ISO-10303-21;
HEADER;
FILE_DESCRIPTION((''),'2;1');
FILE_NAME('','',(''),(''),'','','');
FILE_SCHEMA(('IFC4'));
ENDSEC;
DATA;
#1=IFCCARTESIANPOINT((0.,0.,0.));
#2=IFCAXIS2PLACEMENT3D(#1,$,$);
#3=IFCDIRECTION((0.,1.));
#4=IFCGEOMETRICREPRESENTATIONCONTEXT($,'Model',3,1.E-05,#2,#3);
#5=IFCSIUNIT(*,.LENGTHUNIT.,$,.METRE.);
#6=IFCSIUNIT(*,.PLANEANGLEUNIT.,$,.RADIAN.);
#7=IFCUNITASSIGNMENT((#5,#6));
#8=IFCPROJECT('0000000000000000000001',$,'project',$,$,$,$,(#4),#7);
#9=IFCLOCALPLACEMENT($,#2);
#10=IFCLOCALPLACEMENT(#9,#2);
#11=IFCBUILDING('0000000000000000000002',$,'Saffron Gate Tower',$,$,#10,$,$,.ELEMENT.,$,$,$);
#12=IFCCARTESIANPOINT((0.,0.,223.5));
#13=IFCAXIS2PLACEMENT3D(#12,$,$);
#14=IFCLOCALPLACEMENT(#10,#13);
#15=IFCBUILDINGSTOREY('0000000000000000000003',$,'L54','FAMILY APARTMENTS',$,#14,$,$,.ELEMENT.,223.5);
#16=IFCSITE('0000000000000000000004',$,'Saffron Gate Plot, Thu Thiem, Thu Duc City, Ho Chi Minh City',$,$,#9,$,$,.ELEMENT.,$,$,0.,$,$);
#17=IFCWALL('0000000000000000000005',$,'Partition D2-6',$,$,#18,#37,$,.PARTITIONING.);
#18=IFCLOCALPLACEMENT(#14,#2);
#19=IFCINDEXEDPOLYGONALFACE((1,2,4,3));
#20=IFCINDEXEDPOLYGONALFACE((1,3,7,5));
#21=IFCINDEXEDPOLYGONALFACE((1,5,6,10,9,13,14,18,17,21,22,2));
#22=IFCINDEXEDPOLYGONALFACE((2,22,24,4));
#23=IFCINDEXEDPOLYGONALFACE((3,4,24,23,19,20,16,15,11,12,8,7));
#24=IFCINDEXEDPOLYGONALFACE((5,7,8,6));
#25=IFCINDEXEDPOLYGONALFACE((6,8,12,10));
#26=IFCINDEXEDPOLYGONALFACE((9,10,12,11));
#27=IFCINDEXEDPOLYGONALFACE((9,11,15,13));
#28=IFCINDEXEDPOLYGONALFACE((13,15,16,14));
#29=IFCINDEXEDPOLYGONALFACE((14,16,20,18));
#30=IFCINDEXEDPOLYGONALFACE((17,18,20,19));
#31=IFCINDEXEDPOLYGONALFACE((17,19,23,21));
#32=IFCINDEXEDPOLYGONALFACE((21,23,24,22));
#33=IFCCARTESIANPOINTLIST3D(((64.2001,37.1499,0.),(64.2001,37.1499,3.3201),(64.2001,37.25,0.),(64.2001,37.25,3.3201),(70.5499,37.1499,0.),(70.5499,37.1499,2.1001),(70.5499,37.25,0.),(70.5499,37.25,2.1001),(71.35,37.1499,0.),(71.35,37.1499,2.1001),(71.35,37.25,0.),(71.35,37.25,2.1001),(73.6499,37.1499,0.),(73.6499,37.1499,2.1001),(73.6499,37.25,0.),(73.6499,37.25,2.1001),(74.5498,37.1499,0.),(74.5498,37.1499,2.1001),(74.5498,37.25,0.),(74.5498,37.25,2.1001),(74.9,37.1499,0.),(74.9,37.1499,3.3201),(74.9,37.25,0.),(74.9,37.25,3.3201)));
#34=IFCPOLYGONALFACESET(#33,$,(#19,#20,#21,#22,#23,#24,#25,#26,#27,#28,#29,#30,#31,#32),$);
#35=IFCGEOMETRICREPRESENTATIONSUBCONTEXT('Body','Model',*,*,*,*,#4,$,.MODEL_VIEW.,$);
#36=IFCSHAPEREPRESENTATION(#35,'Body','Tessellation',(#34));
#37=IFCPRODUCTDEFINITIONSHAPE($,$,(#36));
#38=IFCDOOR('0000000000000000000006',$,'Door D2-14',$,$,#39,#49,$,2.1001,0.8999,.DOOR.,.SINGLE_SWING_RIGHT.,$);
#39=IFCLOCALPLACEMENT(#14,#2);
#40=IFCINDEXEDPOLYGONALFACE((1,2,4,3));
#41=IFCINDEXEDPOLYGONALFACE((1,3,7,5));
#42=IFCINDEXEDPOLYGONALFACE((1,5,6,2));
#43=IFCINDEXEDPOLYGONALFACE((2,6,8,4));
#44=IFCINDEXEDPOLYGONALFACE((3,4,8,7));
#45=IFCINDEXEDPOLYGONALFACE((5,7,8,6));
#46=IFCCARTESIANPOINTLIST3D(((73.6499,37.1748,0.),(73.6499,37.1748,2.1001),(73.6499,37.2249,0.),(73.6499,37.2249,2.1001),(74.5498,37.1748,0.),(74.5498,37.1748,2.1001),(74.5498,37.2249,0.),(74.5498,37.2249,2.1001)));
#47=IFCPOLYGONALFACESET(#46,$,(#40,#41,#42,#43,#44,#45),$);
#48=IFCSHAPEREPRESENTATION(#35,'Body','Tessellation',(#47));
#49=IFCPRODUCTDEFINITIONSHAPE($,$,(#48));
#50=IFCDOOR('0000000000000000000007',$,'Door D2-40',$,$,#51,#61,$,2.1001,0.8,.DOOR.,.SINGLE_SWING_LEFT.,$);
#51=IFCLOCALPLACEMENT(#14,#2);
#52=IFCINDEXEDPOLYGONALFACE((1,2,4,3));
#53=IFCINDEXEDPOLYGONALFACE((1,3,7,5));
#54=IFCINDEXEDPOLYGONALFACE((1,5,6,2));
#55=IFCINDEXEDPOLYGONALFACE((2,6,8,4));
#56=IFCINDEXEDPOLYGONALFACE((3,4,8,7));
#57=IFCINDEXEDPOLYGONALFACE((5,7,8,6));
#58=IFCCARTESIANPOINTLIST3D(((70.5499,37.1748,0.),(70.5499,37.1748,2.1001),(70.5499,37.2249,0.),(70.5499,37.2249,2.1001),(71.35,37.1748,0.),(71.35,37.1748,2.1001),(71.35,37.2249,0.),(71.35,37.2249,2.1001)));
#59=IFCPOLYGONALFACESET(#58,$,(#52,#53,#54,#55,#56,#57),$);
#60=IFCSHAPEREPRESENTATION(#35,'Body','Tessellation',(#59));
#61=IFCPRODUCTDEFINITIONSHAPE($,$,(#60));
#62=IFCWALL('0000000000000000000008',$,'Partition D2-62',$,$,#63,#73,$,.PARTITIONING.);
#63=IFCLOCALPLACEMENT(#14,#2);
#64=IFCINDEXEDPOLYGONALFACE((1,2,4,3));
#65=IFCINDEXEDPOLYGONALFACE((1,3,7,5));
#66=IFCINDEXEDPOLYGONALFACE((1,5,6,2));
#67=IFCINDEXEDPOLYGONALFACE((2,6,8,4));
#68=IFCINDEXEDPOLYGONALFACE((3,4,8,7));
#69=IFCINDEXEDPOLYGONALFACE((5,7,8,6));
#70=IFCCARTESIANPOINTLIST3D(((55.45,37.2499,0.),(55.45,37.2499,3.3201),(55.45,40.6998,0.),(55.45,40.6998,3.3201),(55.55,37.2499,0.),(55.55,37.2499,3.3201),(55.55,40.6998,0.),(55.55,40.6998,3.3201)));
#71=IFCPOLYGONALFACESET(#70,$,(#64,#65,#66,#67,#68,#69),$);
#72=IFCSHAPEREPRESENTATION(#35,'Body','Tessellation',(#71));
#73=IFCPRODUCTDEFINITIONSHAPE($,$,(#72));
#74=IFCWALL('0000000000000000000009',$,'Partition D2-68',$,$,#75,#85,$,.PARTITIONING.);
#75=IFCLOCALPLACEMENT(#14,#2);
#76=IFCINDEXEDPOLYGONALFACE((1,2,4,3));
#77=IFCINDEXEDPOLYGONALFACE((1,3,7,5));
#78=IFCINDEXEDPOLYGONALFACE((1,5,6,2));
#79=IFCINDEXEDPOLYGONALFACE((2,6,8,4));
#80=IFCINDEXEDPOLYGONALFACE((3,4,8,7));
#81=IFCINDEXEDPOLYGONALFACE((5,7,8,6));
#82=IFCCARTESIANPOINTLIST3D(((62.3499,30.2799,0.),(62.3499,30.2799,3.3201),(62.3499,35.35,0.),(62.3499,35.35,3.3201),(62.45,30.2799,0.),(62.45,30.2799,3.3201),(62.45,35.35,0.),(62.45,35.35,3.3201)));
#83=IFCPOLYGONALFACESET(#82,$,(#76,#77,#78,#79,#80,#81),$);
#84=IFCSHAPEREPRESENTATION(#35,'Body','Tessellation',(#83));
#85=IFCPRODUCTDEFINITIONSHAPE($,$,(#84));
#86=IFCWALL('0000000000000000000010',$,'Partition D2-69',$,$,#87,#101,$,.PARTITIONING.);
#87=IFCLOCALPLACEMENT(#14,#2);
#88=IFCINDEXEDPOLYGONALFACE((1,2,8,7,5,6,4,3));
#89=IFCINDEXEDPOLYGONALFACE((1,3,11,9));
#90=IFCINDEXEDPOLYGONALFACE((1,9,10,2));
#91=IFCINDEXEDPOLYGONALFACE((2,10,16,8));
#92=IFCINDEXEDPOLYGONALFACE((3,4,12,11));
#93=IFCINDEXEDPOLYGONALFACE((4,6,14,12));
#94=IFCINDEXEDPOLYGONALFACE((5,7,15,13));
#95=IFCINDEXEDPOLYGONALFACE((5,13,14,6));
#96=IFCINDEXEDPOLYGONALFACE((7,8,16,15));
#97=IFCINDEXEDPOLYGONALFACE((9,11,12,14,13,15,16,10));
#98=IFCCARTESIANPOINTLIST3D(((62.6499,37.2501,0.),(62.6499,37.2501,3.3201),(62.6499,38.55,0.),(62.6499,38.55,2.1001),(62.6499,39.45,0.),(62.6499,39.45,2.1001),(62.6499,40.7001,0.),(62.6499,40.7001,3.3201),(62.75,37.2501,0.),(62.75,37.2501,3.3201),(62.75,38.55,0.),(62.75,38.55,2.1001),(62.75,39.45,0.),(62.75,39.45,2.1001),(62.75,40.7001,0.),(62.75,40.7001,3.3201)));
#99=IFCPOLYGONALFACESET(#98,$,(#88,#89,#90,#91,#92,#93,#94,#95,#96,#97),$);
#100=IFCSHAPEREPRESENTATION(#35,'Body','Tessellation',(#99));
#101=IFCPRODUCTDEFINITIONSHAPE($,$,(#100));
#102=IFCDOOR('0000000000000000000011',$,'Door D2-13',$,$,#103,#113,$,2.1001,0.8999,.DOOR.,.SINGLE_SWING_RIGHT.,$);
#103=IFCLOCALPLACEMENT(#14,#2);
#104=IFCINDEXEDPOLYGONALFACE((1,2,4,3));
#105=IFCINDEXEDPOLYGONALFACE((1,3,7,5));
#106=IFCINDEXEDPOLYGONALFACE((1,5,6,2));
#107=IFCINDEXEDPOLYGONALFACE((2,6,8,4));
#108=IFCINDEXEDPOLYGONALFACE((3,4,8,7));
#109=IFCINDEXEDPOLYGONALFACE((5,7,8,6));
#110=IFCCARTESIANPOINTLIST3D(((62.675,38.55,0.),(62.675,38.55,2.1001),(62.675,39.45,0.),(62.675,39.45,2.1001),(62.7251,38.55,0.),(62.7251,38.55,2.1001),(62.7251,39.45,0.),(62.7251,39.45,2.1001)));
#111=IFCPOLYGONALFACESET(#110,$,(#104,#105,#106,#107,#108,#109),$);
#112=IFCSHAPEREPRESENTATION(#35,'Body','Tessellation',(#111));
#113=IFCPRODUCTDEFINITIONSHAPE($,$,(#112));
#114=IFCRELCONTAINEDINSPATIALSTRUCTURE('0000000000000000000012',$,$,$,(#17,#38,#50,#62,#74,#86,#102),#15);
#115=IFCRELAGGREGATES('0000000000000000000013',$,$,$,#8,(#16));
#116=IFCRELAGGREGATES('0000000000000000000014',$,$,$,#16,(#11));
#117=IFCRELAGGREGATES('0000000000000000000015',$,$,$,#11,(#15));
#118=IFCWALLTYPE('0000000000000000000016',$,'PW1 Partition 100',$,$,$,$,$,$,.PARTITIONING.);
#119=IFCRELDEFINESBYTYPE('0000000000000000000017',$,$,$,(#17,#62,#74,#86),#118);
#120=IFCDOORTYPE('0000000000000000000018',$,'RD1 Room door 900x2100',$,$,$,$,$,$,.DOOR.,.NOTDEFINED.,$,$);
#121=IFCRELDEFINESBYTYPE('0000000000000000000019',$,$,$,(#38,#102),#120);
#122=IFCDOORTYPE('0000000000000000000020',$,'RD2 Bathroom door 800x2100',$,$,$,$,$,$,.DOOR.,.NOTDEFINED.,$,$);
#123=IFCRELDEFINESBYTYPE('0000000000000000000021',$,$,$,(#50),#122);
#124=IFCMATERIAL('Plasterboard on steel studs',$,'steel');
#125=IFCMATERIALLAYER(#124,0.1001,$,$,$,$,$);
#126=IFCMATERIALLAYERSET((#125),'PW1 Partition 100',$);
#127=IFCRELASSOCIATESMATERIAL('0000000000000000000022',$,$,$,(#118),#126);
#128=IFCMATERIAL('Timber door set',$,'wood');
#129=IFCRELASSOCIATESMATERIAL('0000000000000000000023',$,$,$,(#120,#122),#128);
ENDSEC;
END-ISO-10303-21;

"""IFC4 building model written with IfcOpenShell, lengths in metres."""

from ifc_helpers import new_model, si_unit, direction, frame, frame_2d, origin, place, context, subcontext, project, spatial, rectangle, extrude, material, layer, layer_set, type_object, element, fill, save


model = new_model("IFC4")

# Units and contexts
model_context = context("Model", 3, precision=1e-05, world=origin(), true_north=direction((0.0, 1.0)))
body_context = subcontext(model_context, "Body", "Model", "MODEL_VIEW")
ifc_project = project(units=[si_unit("LENGTHUNIT", "METRE"), si_unit("PLANEANGLEUNIT", "RADIAN")], contexts=[model_context])

# Site, building, storey
site_placement = place(None, origin())
site = spatial("IfcSite", under=ifc_project, at=site_placement, Name="Saffron Gate Plot, Thu Thiem, Thu Duc City, Ho Chi Minh City", CompositionType="ELEMENT", RefElevation=0.0)
building_placement = place(site_placement, origin())
building = spatial("IfcBuilding", under=site, at=building_placement, Name="Saffron Gate Tower", CompositionType="ELEMENT")
storey_placement = place(building_placement, frame((0.0, 0.0, 223.5)))
storey = spatial("IfcBuildingStorey", under=building, at=storey_placement, Name="L54", Description="FAMILY APARTMENTS", CompositionType="ELEMENT", Elevation=223.5)

# Shared definitions
ifc_material_1 = material(Name="Plasterboard on steel studs", Category="steel")
ifc_layer = layer(ifc_material_1, 0.1001)
ifc_layer_set = layer_set([ifc_layer], Name="PW1 Partition 100")
wall_type = type_object("IfcWallType", Name="PW1 Partition 100", PredefinedType="PARTITIONING", material=ifc_layer_set)

# Wall, openings, doors
wall_1_placement = place(storey_placement, frame((64.2, 37.2, 0.0), z_axis=(0.0, 0.0, 1.0), x_axis=(1.0, 0.0, 0.0)))
wall_1 = element("IfcWall", 1, at=wall_1_placement, inside=storey, type_object=wall_type, Name="Partition D2-6", PredefinedType="PARTITIONING", context=body_context, shape_type="SweptSolid", body=[
    extrude(rectangle(XDim=10.7, YDim=0.1001, at=frame_2d((5.3501, 0.0))), origin(), (0.0, 0.0, 1.0), 3.3201),
])
opening_1_placement = place(wall_1_placement, frame((6.3501, 0.0, 0.0)))
opening_1 = element("IfcOpeningElement", 2, at=opening_1_placement, cuts=wall_1, PredefinedType="OPENING", context=body_context, shape_type="SweptSolid", body=[
    extrude(rectangle(XDim=0.8, YDim=2.1001, at=frame_2d((0.3999, 1.05))), frame((0.0, 0.0601, 0.0), z_axis=(0.0, -1.0, 0.0), x_axis=(1.0, 0.0, 0.0)), (0.0, 0.0, 1.0), 0.1201),
])
opening_2_placement = place(wall_1_placement, frame((9.45, 0.0, 0.0)))
opening_2 = element("IfcOpeningElement", 3, at=opening_2_placement, cuts=wall_1, PredefinedType="OPENING", context=body_context, shape_type="SweptSolid", body=[
    extrude(rectangle(XDim=0.8999, YDim=2.1001, at=frame_2d((0.45, 1.05))), frame((0.0, 0.0601, 0.0), z_axis=(0.0, -1.0, 0.0), x_axis=(1.0, 0.0, 0.0)), (0.0, 0.0, 1.0), 0.1201),
])
ifc_material_2 = material(Name="Timber door set", Category="wood")
door_type_1 = type_object("IfcDoorType", Name="RD1 Room door 900x2100", OperationType="NOTDEFINED", PredefinedType="DOOR", material=ifc_material_2)
door_1_placement = place(opening_2_placement, origin())
door_1 = element("IfcDoor", 4, at=door_1_placement, inside=storey, type_object=door_type_1, Name="Door D2-14", OperationType="SINGLE_SWING_RIGHT", OverallHeight=2.1001, OverallWidth=0.8999, PredefinedType="DOOR", context=body_context, shape_type="SweptSolid", body=[
    extrude(rectangle(XDim=0.8999, YDim=2.1001, at=frame_2d((0.45, 1.05))), frame((0.0, 0.0249, 0.0), z_axis=(0.0, -1.0, 0.0), x_axis=(1.0, 0.0, 0.0)), (0.0, 0.0, 1.0), 0.05),
])
fill(opening_2, door_1)
door_type_2 = type_object("IfcDoorType", Name="RD2 Bathroom door 800x2100", OperationType="NOTDEFINED", PredefinedType="DOOR", material=ifc_material_2)
door_2_placement = place(opening_1_placement, origin())
door_2 = element("IfcDoor", 5, at=door_2_placement, inside=storey, type_object=door_type_2, Name="Door D2-40", OperationType="SINGLE_SWING_LEFT", OverallHeight=2.1001, OverallWidth=0.8, PredefinedType="DOOR", context=body_context, shape_type="SweptSolid", body=[
    extrude(rectangle(XDim=0.8, YDim=2.1001, at=frame_2d((0.3999, 1.05))), frame((0.0, 0.0249, 0.0), z_axis=(0.0, -1.0, 0.0), x_axis=(1.0, 0.0, 0.0)), (0.0, 0.0, 1.0), 0.05),
])
fill(opening_1, door_2)

# Walls
wall_2_placement = place(storey_placement, frame((55.5, 40.7, 0.0), z_axis=(0.0, 0.0, 1.0), x_axis=(0.0, -1.0, 0.0)))
element("IfcWall", 6, at=wall_2_placement, inside=storey, type_object=wall_type, Name="Partition D2-62", PredefinedType="PARTITIONING", context=body_context, shape_type="SweptSolid", body=[
    extrude(rectangle(XDim=3.45, YDim=0.1001, at=frame_2d((1.7251, 0.0))), origin(), (0.0, 0.0, 1.0), 3.3201),
])
wall_3_placement = place(storey_placement, frame((62.3999, 35.3501, 0.0), z_axis=(0.0, 0.0, 1.0), x_axis=(0.0, -1.0, 0.0)))
element("IfcWall", 7, at=wall_3_placement, inside=storey, type_object=wall_type, Name="Partition D2-68", PredefinedType="PARTITIONING", context=body_context, shape_type="SweptSolid", body=[
    extrude(rectangle(XDim=5.0701, YDim=0.1001, at=frame_2d((2.5352, 0.0))), origin(), (0.0, 0.0, 1.0), 3.3201),
])

# Wall, opening, door
wall_4_placement = place(storey_placement, frame((62.7, 37.25, 0.0), z_axis=(0.0, 0.0, 1.0), x_axis=(0.0, 1.0, 0.0)))
wall_4 = element("IfcWall", 8, at=wall_4_placement, inside=storey, type_object=wall_type, Name="Partition D2-69", PredefinedType="PARTITIONING", context=body_context, shape_type="SweptSolid", body=[
    extrude(rectangle(XDim=3.45, YDim=0.1001, at=frame_2d((1.7251, 0.0))), origin(), (0.0, 0.0, 1.0), 3.3201),
])
opening_3_placement = place(wall_4_placement, frame((1.3, 0.0, 0.0)))
opening_3 = element("IfcOpeningElement", 9, at=opening_3_placement, cuts=wall_4, PredefinedType="OPENING", context=body_context, shape_type="SweptSolid", body=[
    extrude(rectangle(XDim=0.8999, YDim=2.1001, at=frame_2d((0.45, 1.05))), frame((0.0, 0.0601, 0.0), z_axis=(0.0, -1.0, 0.0), x_axis=(1.0, 0.0, 0.0)), (0.0, 0.0, 1.0), 0.1201),
])
door_3_placement = place(opening_3_placement, origin())
door_3 = element("IfcDoor", 10, at=door_3_placement, inside=storey, type_object=door_type_1, Name="Door D2-13", OperationType="SINGLE_SWING_RIGHT", OverallHeight=2.1001, OverallWidth=0.8999, PredefinedType="DOOR", context=body_context, shape_type="SweptSolid", body=[
    extrude(rectangle(XDim=0.8999, YDim=2.1001, at=frame_2d((0.45, 1.05))), frame((0.0, 0.0249, 0.0), z_axis=(0.0, -1.0, 0.0), x_axis=(1.0, 0.0, 0.0)), (0.0, 0.0, 1.0), 0.05),
])
fill(opening_3, door_3)

save(model, "model.ifc")
